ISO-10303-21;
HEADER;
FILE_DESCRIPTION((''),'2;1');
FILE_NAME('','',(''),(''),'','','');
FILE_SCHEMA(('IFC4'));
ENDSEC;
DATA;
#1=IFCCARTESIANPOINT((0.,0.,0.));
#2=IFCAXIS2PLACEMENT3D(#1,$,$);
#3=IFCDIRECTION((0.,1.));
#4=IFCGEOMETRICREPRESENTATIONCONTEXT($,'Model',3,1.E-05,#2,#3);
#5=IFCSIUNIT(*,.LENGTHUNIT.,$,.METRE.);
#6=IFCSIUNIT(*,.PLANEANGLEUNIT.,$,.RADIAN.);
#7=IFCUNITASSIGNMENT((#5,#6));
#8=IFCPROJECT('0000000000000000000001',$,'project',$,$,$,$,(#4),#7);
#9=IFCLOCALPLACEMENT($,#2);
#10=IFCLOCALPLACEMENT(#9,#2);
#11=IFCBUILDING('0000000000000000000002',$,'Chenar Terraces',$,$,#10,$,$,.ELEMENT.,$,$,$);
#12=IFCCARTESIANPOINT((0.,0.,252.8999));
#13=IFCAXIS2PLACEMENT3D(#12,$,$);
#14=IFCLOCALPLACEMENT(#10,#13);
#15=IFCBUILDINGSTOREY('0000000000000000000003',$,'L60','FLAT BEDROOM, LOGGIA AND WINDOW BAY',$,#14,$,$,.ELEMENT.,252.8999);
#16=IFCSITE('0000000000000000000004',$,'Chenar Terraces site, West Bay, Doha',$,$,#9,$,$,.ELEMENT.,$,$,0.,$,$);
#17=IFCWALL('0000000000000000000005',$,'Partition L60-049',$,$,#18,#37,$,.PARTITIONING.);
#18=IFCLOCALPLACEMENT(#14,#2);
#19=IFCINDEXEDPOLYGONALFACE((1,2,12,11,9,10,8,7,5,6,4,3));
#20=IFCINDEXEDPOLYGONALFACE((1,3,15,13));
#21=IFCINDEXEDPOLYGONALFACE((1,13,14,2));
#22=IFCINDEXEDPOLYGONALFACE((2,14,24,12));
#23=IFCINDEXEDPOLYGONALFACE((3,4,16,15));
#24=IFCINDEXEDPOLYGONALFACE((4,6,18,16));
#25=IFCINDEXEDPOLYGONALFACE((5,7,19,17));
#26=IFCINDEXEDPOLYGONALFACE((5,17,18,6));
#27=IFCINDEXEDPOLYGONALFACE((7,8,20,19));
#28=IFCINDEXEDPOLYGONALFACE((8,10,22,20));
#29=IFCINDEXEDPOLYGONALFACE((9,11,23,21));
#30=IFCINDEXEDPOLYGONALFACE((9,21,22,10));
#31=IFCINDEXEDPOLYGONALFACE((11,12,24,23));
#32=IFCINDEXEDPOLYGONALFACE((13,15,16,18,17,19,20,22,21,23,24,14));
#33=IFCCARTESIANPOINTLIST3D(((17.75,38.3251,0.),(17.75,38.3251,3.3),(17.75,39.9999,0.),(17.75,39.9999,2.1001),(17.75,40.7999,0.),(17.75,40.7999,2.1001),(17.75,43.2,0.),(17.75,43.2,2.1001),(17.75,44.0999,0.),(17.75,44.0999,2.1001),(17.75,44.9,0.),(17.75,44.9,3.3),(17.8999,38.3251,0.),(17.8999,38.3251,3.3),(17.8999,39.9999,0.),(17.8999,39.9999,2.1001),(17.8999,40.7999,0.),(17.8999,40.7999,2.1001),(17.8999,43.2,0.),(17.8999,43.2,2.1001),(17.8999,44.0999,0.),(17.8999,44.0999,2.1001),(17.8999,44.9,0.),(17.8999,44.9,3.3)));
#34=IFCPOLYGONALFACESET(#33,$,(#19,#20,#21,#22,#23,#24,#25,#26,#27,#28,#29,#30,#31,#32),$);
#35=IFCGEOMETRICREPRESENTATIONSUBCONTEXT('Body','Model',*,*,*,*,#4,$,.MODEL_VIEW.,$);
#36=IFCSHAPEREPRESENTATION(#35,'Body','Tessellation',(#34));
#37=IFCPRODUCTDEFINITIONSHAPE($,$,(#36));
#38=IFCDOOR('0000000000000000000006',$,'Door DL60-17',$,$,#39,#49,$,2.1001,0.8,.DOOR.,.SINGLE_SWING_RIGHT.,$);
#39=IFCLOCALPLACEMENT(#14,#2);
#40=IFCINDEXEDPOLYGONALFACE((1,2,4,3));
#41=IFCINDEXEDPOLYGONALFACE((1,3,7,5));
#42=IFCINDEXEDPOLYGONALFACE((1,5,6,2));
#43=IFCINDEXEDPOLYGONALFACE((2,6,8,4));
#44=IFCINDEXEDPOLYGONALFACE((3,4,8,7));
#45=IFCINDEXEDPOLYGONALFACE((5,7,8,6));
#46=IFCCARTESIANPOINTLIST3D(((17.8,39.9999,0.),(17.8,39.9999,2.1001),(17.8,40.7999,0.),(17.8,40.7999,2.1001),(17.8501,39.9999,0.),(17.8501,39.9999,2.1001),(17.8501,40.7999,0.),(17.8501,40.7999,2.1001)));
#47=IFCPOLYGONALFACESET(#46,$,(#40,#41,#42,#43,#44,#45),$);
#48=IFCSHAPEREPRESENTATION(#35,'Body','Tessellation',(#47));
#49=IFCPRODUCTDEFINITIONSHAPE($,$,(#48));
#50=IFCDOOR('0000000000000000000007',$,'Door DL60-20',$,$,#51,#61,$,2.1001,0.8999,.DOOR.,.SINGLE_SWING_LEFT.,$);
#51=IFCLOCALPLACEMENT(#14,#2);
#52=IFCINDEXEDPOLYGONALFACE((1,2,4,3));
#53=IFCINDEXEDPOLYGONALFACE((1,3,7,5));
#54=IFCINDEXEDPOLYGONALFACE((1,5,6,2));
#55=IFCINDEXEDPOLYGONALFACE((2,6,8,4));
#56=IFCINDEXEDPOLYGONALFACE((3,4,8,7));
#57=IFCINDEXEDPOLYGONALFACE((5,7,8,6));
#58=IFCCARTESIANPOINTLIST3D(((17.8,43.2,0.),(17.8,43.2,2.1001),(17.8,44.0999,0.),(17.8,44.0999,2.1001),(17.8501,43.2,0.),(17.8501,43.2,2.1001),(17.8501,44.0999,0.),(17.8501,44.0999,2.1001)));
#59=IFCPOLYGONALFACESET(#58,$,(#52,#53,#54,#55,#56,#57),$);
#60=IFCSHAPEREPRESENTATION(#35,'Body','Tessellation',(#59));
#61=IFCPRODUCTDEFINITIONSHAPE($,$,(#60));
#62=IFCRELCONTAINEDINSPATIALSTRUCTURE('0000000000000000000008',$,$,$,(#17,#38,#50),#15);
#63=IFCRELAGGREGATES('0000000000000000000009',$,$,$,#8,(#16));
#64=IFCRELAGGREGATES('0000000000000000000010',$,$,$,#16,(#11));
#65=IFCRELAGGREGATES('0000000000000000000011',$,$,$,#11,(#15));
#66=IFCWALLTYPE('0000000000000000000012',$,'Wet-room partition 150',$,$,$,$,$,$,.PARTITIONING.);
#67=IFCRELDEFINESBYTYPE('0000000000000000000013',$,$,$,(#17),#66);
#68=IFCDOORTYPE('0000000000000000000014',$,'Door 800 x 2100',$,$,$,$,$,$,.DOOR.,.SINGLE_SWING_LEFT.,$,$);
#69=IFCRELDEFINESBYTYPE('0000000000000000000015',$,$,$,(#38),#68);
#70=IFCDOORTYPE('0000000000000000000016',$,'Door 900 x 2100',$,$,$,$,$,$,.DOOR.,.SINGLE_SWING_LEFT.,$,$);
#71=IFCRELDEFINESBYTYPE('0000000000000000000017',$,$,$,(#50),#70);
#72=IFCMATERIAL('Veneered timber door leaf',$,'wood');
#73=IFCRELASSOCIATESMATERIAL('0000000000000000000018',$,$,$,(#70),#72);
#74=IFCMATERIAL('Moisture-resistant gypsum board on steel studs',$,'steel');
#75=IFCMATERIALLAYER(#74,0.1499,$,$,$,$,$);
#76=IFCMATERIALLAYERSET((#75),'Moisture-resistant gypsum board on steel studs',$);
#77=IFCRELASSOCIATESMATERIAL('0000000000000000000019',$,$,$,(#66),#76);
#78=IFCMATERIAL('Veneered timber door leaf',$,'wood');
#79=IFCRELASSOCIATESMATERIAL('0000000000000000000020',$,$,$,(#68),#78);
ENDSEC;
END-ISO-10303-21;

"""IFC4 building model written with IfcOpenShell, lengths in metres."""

from ifc_helpers import new_model, si_unit, direction, frame, frame_2d, origin, place, context, subcontext, project, spatial, rectangle, extrude, material, layer, layer_set, type_object, element, fill, save


model = new_model("IFC4")

# Units and contexts
model_context = context("Model", 3, precision=1e-05, world=origin(), true_north=direction((0.0, 1.0)))
body_context = subcontext(model_context, "Body", "Model", "MODEL_VIEW")
ifc_project = project(units=[si_unit("LENGTHUNIT", "METRE"), si_unit("PLANEANGLEUNIT", "RADIAN")], contexts=[model_context])

# Site, building, storey
site_placement = place(None, origin())
site = spatial("IfcSite", under=ifc_project, at=site_placement, Name="Chenar Terraces site, West Bay, Doha", CompositionType="ELEMENT", RefElevation=0.0)
building_placement = place(site_placement, origin())
building = spatial("IfcBuilding", under=site, at=building_placement, Name="Chenar Terraces", CompositionType="ELEMENT")
storey_placement = place(building_placement, frame((0.0, 0.0, 252.8999)))
storey = spatial("IfcBuildingStorey", under=building, at=storey_placement, Name="L60", Description="FLAT BEDROOM, LOGGIA AND WINDOW BAY", CompositionType="ELEMENT", Elevation=252.8999)

# Shared definitions
ifc_material_1 = material(Name="Veneered timber door leaf", Category="wood")
door_type_1 = type_object("IfcDoorType", Name="Door 900 x 2100", OperationType="SINGLE_SWING_LEFT", PredefinedType="DOOR", material=ifc_material_1)

# Shared definitions
ifc_material_2 = material(Name="Moisture-resistant gypsum board on steel studs", Category="steel")
ifc_layer_1 = layer(ifc_material_2, 0.1499)
ifc_layer_set_1 = layer_set([ifc_layer_1], Name="Moisture-resistant gypsum board on steel studs")
wall_type_1 = type_object("IfcWallType", Name="Wet-room partition 150", PredefinedType="PARTITIONING", material=ifc_layer_set_1)

# Wall, openings, doors
wall_1_placement = place(storey_placement, frame((17.825, 38.325, 0.0), z_axis=(0.0, 0.0, 1.0), x_axis=(0.0, 1.0, 0.0)))
wall_1 = element("IfcWall", 1, at=wall_1_placement, inside=storey, type_object=wall_type_1, Name="Partition L60-049", PredefinedType="PARTITIONING", context=body_context, shape_type="SweptSolid", body=[
    extrude(rectangle(XDim=6.575, YDim=0.1499, at=frame_2d((3.2876, 0.0))), origin(), (0.0, 0.0, 1.0), 3.3),
])
opening_1_placement = place(wall_1_placement, frame((1.675, 0.0, 0.0)))
opening_1 = element("IfcOpeningElement", 2, at=opening_1_placement, cuts=wall_1, PredefinedType="OPENING", context=body_context, shape_type="SweptSolid", body=[
    extrude(rectangle(XDim=0.8, YDim=2.1001, at=frame_2d((0.3999, 1.05))), frame((0.0, 0.085, 0.0), z_axis=(0.0, -1.0, 0.0), x_axis=(1.0, 0.0, 0.0)), (0.0, 0.0, 1.0), 0.1699),
])
opening_2_placement = place(wall_1_placement, frame((4.875, 0.0, 0.0)))
opening_2 = element("IfcOpeningElement", 3, at=opening_2_placement, cuts=wall_1, PredefinedType="OPENING", context=body_context, shape_type="SweptSolid", body=[
    extrude(rectangle(XDim=0.8999, YDim=2.1001, at=frame_2d((0.45, 1.05))), frame((0.0, 0.085, 0.0), z_axis=(0.0, -1.0, 0.0), x_axis=(1.0, 0.0, 0.0)), (0.0, 0.0, 1.0), 0.1699),
])
ifc_material_3 = material(Name="Veneered timber door leaf", Category="wood")
door_type_2 = type_object("IfcDoorType", Name="Door 800 x 2100", OperationType="SINGLE_SWING_LEFT", PredefinedType="DOOR", material=ifc_material_3)
door_1_placement = place(opening_1_placement, origin())
door_1 = element("IfcDoor", 4, at=door_1_placement, inside=storey, type_object=door_type_2, Name="Door DL60-17", OperationType="SINGLE_SWING_RIGHT", OverallHeight=2.1001, OverallWidth=0.8, PredefinedType="DOOR", context=body_context, shape_type="SweptSolid", body=[
    extrude(rectangle(XDim=0.8, YDim=2.1001, at=frame_2d((0.3999, 1.05))), frame((0.0, 0.0249, 0.0), z_axis=(0.0, -1.0, 0.0), x_axis=(1.0, 0.0, 0.0)), (0.0, 0.0, 1.0), 0.05),
])
fill(opening_1, door_1)
door_2_placement = place(opening_2_placement, origin())
door_2 = element("IfcDoor", 5, at=door_2_placement, inside=storey, type_object=door_type_1, Name="Door DL60-20", OperationType="SINGLE_SWING_LEFT", OverallHeight=2.1001, OverallWidth=0.8999, PredefinedType="DOOR", context=body_context, shape_type="SweptSolid", body=[
    extrude(rectangle(XDim=0.8999, YDim=2.1001, at=frame_2d((0.45, 1.05))), frame((0.0, 0.0249, 0.0), z_axis=(0.0, -1.0, 0.0), x_axis=(1.0, 0.0, 0.0)), (0.0, 0.0, 1.0), 0.05),
])
fill(opening_2, door_2)

save(model, "model.ifc")
